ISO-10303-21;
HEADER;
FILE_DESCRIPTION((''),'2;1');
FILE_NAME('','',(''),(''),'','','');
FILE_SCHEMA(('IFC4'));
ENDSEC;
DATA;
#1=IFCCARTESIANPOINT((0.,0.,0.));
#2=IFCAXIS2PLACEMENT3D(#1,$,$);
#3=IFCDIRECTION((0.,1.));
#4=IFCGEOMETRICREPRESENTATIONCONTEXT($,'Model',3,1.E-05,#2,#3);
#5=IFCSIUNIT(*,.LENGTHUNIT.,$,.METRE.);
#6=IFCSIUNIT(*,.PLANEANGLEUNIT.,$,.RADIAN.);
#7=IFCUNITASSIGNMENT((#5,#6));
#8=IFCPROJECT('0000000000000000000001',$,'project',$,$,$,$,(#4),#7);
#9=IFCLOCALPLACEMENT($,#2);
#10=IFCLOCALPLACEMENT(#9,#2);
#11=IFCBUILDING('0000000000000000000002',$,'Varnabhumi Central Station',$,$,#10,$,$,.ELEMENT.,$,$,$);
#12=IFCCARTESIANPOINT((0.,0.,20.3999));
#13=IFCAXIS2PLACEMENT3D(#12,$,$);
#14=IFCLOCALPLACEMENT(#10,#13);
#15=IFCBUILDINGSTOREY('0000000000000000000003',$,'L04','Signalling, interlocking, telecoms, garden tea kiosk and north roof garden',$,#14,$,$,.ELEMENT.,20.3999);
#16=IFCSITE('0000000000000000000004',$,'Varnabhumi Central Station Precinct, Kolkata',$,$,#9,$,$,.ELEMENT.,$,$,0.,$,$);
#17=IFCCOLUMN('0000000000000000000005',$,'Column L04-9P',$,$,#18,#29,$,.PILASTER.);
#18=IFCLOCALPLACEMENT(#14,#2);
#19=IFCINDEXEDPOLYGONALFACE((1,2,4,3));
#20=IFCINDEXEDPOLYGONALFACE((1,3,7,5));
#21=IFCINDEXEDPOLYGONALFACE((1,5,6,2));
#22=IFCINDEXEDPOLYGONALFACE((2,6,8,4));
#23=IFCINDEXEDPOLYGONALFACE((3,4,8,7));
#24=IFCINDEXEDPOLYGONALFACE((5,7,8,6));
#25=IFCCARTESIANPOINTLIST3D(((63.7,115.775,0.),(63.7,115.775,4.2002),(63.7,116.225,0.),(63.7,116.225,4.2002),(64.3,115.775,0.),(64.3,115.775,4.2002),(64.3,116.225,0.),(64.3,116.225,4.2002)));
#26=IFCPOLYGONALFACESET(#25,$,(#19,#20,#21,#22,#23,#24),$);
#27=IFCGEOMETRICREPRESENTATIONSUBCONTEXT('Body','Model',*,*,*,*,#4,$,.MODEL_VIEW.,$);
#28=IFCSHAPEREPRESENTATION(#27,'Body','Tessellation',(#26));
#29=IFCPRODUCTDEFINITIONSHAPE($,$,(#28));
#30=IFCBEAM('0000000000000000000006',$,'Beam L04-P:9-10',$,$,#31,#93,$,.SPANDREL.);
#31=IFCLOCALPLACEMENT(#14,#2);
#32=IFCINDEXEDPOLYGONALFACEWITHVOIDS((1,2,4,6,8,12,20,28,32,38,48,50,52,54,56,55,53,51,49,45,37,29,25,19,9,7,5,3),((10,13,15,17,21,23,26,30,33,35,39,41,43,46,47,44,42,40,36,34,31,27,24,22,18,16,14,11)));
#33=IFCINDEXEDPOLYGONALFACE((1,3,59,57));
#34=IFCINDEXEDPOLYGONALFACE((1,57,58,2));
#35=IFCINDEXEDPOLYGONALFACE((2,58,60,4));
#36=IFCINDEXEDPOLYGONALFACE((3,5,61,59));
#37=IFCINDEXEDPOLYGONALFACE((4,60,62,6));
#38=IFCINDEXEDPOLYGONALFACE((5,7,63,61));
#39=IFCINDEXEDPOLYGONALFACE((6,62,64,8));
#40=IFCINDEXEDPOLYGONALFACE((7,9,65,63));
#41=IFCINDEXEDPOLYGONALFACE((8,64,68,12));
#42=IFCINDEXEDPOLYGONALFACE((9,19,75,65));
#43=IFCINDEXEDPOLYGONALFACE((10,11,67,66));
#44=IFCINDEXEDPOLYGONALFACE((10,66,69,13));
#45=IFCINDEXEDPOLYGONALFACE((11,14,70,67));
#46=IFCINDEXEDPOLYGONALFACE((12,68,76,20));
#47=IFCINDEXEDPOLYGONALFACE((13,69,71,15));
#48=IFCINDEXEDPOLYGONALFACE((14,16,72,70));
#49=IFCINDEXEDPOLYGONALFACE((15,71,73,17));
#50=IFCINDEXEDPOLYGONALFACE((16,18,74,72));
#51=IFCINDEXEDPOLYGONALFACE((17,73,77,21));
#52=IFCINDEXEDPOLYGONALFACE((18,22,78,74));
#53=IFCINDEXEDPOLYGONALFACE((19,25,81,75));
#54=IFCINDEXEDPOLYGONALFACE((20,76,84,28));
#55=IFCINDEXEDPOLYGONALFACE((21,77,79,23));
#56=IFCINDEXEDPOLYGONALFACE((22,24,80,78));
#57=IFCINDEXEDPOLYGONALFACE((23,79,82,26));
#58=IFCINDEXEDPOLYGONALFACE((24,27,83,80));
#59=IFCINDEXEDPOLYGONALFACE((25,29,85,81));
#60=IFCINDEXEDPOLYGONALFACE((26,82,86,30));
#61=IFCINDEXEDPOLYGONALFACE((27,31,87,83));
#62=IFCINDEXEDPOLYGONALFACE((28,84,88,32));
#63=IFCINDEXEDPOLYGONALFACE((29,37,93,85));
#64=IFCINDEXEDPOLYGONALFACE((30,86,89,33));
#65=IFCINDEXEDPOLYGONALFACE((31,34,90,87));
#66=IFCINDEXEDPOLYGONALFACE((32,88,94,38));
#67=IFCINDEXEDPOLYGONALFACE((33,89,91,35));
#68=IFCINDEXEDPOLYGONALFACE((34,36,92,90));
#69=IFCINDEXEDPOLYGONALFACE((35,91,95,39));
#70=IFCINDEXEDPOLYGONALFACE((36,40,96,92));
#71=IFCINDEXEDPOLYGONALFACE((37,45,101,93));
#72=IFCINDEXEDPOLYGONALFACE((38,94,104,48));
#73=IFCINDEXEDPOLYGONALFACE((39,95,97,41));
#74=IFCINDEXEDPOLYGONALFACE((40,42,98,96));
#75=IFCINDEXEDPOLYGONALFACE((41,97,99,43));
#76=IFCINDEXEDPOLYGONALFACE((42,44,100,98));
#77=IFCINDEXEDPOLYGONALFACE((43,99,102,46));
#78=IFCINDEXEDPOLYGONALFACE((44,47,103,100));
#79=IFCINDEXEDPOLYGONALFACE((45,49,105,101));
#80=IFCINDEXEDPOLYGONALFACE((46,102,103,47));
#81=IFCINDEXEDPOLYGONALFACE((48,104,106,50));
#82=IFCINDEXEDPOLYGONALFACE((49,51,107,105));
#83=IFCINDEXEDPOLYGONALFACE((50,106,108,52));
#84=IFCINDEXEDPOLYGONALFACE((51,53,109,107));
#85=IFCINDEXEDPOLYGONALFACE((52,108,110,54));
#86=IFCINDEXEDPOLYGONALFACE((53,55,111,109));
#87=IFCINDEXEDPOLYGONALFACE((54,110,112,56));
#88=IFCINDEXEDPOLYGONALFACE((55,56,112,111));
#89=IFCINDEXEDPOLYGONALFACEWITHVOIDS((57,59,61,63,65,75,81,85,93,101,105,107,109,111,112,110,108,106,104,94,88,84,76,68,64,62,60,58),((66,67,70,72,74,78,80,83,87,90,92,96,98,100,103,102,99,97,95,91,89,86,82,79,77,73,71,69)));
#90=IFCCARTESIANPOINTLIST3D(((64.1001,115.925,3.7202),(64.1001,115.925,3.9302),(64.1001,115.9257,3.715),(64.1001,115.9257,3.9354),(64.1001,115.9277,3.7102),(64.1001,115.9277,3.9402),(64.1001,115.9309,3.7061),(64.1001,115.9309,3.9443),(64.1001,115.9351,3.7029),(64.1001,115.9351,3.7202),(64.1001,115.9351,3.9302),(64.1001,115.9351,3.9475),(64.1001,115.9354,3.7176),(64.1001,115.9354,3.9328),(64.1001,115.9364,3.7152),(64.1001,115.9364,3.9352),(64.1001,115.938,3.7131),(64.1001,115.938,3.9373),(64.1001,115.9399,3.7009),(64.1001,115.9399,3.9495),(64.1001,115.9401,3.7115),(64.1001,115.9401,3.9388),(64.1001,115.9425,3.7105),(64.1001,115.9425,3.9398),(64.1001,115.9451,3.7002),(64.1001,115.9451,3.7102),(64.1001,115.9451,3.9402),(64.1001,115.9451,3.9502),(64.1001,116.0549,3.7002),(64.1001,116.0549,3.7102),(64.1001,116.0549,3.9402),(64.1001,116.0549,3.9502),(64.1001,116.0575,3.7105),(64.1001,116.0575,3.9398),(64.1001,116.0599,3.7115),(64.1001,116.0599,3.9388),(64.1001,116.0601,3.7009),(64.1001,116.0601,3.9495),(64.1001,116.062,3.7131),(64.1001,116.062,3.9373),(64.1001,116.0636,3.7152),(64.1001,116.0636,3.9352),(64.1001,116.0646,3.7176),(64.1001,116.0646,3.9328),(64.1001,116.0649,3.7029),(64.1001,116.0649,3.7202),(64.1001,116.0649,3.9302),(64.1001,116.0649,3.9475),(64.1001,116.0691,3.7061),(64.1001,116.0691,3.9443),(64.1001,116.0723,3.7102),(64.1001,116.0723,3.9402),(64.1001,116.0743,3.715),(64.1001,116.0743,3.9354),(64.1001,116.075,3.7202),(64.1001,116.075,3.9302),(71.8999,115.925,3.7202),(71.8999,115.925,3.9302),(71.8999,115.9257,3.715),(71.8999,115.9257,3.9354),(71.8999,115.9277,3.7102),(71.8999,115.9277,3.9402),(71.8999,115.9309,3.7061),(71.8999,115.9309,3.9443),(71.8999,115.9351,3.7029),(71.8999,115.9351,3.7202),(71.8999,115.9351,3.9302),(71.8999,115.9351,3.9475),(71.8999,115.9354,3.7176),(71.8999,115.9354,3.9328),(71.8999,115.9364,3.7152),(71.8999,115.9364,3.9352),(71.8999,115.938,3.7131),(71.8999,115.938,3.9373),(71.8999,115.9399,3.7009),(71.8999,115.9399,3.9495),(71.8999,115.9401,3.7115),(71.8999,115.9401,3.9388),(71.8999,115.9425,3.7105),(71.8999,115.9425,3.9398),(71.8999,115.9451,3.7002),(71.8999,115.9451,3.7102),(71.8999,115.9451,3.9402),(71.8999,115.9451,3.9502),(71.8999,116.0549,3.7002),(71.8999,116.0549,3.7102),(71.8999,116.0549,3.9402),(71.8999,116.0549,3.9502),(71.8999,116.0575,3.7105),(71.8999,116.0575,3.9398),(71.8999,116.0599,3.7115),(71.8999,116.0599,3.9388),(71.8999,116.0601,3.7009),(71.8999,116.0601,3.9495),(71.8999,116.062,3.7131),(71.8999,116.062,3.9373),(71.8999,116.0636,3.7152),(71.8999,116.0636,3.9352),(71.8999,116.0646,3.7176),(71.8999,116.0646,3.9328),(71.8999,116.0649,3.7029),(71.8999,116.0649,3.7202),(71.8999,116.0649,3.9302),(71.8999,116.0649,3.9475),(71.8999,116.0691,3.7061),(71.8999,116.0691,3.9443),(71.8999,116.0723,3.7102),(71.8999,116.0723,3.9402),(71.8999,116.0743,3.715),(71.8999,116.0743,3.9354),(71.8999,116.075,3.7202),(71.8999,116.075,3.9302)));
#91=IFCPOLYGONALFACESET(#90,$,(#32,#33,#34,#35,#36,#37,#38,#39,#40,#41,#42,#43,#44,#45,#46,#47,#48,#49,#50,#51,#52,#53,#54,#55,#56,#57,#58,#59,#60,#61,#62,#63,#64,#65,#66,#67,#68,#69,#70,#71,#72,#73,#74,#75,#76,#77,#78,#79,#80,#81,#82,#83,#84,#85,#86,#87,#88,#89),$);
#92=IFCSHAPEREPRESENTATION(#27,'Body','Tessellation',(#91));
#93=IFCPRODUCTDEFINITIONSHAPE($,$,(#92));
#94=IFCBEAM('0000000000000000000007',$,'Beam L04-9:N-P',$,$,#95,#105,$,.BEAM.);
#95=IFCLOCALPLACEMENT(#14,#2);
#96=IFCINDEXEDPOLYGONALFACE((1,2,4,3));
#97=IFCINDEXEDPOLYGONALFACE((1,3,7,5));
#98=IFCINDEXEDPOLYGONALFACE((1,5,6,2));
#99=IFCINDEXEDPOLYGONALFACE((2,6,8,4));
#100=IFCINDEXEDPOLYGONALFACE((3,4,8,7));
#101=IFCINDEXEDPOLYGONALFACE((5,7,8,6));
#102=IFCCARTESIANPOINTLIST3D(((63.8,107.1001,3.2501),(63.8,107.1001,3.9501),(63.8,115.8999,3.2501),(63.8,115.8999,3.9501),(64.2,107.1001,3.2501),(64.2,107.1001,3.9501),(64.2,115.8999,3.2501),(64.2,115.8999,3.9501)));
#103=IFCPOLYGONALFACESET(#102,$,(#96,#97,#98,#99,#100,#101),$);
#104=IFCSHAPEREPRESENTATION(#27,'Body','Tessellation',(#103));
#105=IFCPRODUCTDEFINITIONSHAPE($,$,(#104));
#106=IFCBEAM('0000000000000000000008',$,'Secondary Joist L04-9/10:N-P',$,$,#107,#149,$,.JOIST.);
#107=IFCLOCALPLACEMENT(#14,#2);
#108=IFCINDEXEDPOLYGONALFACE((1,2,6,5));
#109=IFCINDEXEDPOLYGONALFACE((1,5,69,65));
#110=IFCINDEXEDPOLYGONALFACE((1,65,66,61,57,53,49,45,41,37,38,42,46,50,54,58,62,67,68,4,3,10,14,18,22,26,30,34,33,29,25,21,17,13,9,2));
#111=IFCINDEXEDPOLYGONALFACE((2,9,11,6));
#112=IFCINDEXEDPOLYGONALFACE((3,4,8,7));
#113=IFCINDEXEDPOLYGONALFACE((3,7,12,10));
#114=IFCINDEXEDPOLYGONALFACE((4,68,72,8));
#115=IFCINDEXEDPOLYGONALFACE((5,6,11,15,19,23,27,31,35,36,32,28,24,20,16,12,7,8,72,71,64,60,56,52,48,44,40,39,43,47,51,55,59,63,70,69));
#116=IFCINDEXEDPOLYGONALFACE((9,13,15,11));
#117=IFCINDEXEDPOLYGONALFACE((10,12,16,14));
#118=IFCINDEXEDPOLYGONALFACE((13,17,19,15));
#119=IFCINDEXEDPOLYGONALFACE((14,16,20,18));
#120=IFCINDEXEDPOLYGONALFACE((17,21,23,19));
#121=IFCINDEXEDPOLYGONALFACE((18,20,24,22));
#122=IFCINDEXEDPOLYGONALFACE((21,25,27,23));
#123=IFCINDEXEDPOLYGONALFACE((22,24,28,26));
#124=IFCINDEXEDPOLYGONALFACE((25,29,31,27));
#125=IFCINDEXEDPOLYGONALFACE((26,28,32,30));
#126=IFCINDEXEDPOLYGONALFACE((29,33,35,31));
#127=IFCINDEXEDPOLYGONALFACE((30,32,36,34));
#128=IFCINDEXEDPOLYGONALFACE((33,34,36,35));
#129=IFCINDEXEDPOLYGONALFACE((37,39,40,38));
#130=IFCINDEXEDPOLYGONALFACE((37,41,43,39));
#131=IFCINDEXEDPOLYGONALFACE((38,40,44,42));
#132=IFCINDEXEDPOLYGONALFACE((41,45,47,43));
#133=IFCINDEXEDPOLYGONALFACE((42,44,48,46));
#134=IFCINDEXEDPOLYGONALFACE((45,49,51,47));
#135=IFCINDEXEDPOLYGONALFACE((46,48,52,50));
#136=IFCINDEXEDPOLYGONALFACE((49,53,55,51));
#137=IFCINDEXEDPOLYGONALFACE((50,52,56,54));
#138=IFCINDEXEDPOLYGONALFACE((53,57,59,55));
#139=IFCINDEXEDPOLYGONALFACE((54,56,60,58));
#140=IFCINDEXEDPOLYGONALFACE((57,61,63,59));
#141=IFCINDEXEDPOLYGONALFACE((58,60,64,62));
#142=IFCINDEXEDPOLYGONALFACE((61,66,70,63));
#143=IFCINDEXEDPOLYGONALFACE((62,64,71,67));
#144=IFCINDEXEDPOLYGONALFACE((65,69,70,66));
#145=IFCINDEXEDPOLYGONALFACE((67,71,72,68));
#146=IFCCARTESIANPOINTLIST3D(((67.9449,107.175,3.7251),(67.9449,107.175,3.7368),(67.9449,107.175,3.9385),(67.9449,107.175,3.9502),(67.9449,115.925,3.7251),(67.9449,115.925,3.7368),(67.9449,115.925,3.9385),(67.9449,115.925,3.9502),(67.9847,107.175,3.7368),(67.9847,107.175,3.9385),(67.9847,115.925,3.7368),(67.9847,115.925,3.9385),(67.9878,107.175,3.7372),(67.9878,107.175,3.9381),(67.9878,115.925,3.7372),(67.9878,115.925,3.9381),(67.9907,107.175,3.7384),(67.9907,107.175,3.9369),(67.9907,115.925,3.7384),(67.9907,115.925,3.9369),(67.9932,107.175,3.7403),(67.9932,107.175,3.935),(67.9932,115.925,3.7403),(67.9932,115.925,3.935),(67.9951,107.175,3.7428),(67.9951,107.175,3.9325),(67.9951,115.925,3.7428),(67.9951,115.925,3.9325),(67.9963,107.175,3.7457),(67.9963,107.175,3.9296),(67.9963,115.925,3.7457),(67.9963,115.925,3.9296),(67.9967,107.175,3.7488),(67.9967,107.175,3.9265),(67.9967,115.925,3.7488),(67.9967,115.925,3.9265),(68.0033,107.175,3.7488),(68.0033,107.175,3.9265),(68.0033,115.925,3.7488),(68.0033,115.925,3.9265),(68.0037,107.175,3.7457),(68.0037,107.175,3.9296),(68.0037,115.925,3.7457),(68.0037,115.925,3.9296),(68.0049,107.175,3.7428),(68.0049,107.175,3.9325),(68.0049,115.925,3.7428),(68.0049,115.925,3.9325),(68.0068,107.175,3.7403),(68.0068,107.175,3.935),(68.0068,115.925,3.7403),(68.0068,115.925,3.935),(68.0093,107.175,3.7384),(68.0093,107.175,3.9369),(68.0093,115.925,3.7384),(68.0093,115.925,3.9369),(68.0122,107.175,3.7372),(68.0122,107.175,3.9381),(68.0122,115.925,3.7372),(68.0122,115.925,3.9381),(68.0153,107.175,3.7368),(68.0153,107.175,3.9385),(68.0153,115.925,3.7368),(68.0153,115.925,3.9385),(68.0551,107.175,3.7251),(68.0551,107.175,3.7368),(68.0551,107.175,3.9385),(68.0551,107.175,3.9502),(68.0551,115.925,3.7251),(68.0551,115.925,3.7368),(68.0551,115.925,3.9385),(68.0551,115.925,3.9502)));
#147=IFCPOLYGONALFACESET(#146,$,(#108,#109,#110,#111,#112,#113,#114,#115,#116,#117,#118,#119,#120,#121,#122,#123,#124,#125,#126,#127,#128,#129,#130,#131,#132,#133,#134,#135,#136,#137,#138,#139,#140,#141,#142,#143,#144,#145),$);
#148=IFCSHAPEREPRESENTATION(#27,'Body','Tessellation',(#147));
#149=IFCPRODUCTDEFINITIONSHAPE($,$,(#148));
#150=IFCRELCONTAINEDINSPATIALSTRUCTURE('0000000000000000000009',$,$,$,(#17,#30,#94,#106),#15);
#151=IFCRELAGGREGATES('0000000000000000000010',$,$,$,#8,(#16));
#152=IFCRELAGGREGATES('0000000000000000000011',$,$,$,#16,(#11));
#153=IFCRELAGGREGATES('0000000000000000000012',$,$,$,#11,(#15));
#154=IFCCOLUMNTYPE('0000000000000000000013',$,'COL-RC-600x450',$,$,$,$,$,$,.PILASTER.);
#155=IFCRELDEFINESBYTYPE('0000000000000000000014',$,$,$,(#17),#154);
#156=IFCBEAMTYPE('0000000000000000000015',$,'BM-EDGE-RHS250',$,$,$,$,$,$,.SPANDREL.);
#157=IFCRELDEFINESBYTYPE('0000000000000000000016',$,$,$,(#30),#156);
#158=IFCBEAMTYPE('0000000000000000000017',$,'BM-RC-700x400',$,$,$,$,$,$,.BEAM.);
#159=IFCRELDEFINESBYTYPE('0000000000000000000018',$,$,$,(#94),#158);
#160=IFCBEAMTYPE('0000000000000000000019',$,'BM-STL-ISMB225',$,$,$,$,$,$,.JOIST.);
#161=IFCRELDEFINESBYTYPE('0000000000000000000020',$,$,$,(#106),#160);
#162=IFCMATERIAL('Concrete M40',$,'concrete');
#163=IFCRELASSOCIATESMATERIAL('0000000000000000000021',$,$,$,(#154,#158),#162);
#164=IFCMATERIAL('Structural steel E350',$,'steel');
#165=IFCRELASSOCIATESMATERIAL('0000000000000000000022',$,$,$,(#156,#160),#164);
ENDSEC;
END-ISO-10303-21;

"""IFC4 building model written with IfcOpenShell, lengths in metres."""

from ifc_helpers import new_model, si_unit, direction, frame, origin, origin_2d, place, context, subcontext, project, spatial, rectangle, hollow_rectangle, i_section, extrude, material, material_profile, profile_set, type_object, element, save


model = new_model("IFC4")

# Units and contexts
model_context = context("Model", 3, precision=1e-05, world=origin(), true_north=direction((0.0, 1.0)))
body_context = subcontext(model_context, "Body", "Model", "MODEL_VIEW")
ifc_project = project(units=[si_unit("LENGTHUNIT", "METRE"), si_unit("PLANEANGLEUNIT", "RADIAN")], contexts=[model_context])

# Site, building, storey
site_placement = place(None, origin())
site = spatial("IfcSite", under=ifc_project, at=site_placement, Name="Varnabhumi Central Station Precinct, Kolkata", CompositionType="ELEMENT", RefElevation=0.0)
building_placement = place(site_placement, origin())
building = spatial("IfcBuilding", under=site, at=building_placement, Name="Varnabhumi Central Station", CompositionType="ELEMENT")
storey_placement = place(building_placement, frame((0.0, 0.0, 20.3999)))
storey = spatial("IfcBuildingStorey", under=building, at=storey_placement, Name="L04", Description="Signalling, interlocking, telecoms, garden tea kiosk and north roof garden", CompositionType="ELEMENT", Elevation=20.3999)

# Column
ifc_material_1 = material(Name="Concrete M40", Category="concrete")
ifc_material_profile_1 = material_profile(ifc_material_1, rectangle(XDim=0.6001, YDim=0.45, at=origin_2d()), Name="Concrete M40", Category="concrete")
ifc_profile_set_1 = profile_set([ifc_material_profile_1], Name="Concrete M40")
column_type = type_object("IfcColumnType", Name="COL-RC-600x450", PredefinedType="PILASTER", material=ifc_profile_set_1)
column_placement = place(storey_placement, frame((64.0, 116.0, 0.0), z_axis=(0.0, 0.0, 1.0), x_axis=(1.0, 0.0, 0.0)))
element("IfcColumn", 1, at=column_placement, inside=storey, type_object=column_type, Name="Column L04-9P", PredefinedType="PILASTER", context=body_context, shape_type="SweptSolid", body=[
    extrude(rectangle(XDim=0.6001, YDim=0.45, at=origin_2d()), origin(), (0.0, 0.0, 1.0), 4.2002),
])

# Beams
ifc_material_2 = material(Name="Structural steel E350", Category="steel")
ifc_material_profile_2 = material_profile(ifc_material_2, hollow_rectangle(XDim=0.1499, YDim=0.25, WallThickness=0.01, InnerFilletRadius=0.01, OuterFilletRadius=0.02, at=origin_2d()), Name="Structural steel E350", Category="steel")
ifc_profile_set_2 = profile_set([ifc_material_profile_2], Name="Structural steel E350")
beam_type_1 = type_object("IfcBeamType", Name="BM-EDGE-RHS250", PredefinedType="SPANDREL", material=ifc_profile_set_2)
beam_1_placement = place(storey_placement, frame((64.1001, 116.0, 3.8252), z_axis=(1.0, 0.0, 0.0), x_axis=(0.0, 1.0, 0.0)))
element("IfcBeam", 2, at=beam_1_placement, inside=storey, type_object=beam_type_1, Name="Beam L04-P:9-10", PredefinedType="SPANDREL", context=body_context, shape_type="SweptSolid", body=[
    extrude(hollow_rectangle(XDim=0.1499, YDim=0.25, WallThickness=0.01, InnerFilletRadius=0.01, OuterFilletRadius=0.02, at=origin_2d()), origin(), (0.0, 0.0, 1.0), 7.7998),
])
ifc_material_profile_3 = material_profile(ifc_material_1, rectangle(XDim=0.3999, YDim=0.7, at=origin_2d()), Name="Concrete M40", Category="concrete")
ifc_profile_set_3 = profile_set([ifc_material_profile_3], Name="Concrete M40")
beam_type_2 = type_object("IfcBeamType", Name="BM-RC-700x400", PredefinedType="BEAM", material=ifc_profile_set_3)
beam_2_placement = place(storey_placement, frame((64.0, 107.1001, 3.6001), z_axis=(0.0, 1.0, 0.0), x_axis=(-1.0, 0.0, 0.0)))
element("IfcBeam", 3, at=beam_2_placement, inside=storey, type_object=beam_type_2, Name="Beam L04-9:N-P", PredefinedType="BEAM", context=body_context, shape_type="SweptSolid", body=[
    extrude(rectangle(XDim=0.3999, YDim=0.7, at=origin_2d()), origin(), (0.0, 0.0, 1.0), 8.7998),
])
ifc_material_profile_4 = material_profile(ifc_material_2, i_section(OverallWidth=0.1101, OverallDepth=0.2251, WebThickness=0.0066, FlangeThickness=0.0117, FilletRadius=0.012, at=origin_2d()), Name="Structural steel E350", Category="steel")
ifc_profile_set_4 = profile_set([ifc_material_profile_4], Name="Structural steel E350")
beam_type_3 = type_object("IfcBeamType", Name="BM-STL-ISMB225", PredefinedType="JOIST", material=ifc_profile_set_4)
beam_3_placement = place(storey_placement, frame((68.0, 107.175, 3.8376), z_axis=(0.0, 1.0, 0.0), x_axis=(-1.0, 0.0, 0.0)))
element("IfcBeam", 4, at=beam_3_placement, inside=storey, type_object=beam_type_3, Name="Secondary Joist L04-9/10:N-P", PredefinedType="JOIST", context=body_context, shape_type="SweptSolid", body=[
    extrude(i_section(OverallWidth=0.1101, OverallDepth=0.2251, WebThickness=0.0066, FlangeThickness=0.0117, FilletRadius=0.012, at=origin_2d()), origin(), (0.0, 0.0, 1.0), 8.75),
])

save(model, "model.ifc")
